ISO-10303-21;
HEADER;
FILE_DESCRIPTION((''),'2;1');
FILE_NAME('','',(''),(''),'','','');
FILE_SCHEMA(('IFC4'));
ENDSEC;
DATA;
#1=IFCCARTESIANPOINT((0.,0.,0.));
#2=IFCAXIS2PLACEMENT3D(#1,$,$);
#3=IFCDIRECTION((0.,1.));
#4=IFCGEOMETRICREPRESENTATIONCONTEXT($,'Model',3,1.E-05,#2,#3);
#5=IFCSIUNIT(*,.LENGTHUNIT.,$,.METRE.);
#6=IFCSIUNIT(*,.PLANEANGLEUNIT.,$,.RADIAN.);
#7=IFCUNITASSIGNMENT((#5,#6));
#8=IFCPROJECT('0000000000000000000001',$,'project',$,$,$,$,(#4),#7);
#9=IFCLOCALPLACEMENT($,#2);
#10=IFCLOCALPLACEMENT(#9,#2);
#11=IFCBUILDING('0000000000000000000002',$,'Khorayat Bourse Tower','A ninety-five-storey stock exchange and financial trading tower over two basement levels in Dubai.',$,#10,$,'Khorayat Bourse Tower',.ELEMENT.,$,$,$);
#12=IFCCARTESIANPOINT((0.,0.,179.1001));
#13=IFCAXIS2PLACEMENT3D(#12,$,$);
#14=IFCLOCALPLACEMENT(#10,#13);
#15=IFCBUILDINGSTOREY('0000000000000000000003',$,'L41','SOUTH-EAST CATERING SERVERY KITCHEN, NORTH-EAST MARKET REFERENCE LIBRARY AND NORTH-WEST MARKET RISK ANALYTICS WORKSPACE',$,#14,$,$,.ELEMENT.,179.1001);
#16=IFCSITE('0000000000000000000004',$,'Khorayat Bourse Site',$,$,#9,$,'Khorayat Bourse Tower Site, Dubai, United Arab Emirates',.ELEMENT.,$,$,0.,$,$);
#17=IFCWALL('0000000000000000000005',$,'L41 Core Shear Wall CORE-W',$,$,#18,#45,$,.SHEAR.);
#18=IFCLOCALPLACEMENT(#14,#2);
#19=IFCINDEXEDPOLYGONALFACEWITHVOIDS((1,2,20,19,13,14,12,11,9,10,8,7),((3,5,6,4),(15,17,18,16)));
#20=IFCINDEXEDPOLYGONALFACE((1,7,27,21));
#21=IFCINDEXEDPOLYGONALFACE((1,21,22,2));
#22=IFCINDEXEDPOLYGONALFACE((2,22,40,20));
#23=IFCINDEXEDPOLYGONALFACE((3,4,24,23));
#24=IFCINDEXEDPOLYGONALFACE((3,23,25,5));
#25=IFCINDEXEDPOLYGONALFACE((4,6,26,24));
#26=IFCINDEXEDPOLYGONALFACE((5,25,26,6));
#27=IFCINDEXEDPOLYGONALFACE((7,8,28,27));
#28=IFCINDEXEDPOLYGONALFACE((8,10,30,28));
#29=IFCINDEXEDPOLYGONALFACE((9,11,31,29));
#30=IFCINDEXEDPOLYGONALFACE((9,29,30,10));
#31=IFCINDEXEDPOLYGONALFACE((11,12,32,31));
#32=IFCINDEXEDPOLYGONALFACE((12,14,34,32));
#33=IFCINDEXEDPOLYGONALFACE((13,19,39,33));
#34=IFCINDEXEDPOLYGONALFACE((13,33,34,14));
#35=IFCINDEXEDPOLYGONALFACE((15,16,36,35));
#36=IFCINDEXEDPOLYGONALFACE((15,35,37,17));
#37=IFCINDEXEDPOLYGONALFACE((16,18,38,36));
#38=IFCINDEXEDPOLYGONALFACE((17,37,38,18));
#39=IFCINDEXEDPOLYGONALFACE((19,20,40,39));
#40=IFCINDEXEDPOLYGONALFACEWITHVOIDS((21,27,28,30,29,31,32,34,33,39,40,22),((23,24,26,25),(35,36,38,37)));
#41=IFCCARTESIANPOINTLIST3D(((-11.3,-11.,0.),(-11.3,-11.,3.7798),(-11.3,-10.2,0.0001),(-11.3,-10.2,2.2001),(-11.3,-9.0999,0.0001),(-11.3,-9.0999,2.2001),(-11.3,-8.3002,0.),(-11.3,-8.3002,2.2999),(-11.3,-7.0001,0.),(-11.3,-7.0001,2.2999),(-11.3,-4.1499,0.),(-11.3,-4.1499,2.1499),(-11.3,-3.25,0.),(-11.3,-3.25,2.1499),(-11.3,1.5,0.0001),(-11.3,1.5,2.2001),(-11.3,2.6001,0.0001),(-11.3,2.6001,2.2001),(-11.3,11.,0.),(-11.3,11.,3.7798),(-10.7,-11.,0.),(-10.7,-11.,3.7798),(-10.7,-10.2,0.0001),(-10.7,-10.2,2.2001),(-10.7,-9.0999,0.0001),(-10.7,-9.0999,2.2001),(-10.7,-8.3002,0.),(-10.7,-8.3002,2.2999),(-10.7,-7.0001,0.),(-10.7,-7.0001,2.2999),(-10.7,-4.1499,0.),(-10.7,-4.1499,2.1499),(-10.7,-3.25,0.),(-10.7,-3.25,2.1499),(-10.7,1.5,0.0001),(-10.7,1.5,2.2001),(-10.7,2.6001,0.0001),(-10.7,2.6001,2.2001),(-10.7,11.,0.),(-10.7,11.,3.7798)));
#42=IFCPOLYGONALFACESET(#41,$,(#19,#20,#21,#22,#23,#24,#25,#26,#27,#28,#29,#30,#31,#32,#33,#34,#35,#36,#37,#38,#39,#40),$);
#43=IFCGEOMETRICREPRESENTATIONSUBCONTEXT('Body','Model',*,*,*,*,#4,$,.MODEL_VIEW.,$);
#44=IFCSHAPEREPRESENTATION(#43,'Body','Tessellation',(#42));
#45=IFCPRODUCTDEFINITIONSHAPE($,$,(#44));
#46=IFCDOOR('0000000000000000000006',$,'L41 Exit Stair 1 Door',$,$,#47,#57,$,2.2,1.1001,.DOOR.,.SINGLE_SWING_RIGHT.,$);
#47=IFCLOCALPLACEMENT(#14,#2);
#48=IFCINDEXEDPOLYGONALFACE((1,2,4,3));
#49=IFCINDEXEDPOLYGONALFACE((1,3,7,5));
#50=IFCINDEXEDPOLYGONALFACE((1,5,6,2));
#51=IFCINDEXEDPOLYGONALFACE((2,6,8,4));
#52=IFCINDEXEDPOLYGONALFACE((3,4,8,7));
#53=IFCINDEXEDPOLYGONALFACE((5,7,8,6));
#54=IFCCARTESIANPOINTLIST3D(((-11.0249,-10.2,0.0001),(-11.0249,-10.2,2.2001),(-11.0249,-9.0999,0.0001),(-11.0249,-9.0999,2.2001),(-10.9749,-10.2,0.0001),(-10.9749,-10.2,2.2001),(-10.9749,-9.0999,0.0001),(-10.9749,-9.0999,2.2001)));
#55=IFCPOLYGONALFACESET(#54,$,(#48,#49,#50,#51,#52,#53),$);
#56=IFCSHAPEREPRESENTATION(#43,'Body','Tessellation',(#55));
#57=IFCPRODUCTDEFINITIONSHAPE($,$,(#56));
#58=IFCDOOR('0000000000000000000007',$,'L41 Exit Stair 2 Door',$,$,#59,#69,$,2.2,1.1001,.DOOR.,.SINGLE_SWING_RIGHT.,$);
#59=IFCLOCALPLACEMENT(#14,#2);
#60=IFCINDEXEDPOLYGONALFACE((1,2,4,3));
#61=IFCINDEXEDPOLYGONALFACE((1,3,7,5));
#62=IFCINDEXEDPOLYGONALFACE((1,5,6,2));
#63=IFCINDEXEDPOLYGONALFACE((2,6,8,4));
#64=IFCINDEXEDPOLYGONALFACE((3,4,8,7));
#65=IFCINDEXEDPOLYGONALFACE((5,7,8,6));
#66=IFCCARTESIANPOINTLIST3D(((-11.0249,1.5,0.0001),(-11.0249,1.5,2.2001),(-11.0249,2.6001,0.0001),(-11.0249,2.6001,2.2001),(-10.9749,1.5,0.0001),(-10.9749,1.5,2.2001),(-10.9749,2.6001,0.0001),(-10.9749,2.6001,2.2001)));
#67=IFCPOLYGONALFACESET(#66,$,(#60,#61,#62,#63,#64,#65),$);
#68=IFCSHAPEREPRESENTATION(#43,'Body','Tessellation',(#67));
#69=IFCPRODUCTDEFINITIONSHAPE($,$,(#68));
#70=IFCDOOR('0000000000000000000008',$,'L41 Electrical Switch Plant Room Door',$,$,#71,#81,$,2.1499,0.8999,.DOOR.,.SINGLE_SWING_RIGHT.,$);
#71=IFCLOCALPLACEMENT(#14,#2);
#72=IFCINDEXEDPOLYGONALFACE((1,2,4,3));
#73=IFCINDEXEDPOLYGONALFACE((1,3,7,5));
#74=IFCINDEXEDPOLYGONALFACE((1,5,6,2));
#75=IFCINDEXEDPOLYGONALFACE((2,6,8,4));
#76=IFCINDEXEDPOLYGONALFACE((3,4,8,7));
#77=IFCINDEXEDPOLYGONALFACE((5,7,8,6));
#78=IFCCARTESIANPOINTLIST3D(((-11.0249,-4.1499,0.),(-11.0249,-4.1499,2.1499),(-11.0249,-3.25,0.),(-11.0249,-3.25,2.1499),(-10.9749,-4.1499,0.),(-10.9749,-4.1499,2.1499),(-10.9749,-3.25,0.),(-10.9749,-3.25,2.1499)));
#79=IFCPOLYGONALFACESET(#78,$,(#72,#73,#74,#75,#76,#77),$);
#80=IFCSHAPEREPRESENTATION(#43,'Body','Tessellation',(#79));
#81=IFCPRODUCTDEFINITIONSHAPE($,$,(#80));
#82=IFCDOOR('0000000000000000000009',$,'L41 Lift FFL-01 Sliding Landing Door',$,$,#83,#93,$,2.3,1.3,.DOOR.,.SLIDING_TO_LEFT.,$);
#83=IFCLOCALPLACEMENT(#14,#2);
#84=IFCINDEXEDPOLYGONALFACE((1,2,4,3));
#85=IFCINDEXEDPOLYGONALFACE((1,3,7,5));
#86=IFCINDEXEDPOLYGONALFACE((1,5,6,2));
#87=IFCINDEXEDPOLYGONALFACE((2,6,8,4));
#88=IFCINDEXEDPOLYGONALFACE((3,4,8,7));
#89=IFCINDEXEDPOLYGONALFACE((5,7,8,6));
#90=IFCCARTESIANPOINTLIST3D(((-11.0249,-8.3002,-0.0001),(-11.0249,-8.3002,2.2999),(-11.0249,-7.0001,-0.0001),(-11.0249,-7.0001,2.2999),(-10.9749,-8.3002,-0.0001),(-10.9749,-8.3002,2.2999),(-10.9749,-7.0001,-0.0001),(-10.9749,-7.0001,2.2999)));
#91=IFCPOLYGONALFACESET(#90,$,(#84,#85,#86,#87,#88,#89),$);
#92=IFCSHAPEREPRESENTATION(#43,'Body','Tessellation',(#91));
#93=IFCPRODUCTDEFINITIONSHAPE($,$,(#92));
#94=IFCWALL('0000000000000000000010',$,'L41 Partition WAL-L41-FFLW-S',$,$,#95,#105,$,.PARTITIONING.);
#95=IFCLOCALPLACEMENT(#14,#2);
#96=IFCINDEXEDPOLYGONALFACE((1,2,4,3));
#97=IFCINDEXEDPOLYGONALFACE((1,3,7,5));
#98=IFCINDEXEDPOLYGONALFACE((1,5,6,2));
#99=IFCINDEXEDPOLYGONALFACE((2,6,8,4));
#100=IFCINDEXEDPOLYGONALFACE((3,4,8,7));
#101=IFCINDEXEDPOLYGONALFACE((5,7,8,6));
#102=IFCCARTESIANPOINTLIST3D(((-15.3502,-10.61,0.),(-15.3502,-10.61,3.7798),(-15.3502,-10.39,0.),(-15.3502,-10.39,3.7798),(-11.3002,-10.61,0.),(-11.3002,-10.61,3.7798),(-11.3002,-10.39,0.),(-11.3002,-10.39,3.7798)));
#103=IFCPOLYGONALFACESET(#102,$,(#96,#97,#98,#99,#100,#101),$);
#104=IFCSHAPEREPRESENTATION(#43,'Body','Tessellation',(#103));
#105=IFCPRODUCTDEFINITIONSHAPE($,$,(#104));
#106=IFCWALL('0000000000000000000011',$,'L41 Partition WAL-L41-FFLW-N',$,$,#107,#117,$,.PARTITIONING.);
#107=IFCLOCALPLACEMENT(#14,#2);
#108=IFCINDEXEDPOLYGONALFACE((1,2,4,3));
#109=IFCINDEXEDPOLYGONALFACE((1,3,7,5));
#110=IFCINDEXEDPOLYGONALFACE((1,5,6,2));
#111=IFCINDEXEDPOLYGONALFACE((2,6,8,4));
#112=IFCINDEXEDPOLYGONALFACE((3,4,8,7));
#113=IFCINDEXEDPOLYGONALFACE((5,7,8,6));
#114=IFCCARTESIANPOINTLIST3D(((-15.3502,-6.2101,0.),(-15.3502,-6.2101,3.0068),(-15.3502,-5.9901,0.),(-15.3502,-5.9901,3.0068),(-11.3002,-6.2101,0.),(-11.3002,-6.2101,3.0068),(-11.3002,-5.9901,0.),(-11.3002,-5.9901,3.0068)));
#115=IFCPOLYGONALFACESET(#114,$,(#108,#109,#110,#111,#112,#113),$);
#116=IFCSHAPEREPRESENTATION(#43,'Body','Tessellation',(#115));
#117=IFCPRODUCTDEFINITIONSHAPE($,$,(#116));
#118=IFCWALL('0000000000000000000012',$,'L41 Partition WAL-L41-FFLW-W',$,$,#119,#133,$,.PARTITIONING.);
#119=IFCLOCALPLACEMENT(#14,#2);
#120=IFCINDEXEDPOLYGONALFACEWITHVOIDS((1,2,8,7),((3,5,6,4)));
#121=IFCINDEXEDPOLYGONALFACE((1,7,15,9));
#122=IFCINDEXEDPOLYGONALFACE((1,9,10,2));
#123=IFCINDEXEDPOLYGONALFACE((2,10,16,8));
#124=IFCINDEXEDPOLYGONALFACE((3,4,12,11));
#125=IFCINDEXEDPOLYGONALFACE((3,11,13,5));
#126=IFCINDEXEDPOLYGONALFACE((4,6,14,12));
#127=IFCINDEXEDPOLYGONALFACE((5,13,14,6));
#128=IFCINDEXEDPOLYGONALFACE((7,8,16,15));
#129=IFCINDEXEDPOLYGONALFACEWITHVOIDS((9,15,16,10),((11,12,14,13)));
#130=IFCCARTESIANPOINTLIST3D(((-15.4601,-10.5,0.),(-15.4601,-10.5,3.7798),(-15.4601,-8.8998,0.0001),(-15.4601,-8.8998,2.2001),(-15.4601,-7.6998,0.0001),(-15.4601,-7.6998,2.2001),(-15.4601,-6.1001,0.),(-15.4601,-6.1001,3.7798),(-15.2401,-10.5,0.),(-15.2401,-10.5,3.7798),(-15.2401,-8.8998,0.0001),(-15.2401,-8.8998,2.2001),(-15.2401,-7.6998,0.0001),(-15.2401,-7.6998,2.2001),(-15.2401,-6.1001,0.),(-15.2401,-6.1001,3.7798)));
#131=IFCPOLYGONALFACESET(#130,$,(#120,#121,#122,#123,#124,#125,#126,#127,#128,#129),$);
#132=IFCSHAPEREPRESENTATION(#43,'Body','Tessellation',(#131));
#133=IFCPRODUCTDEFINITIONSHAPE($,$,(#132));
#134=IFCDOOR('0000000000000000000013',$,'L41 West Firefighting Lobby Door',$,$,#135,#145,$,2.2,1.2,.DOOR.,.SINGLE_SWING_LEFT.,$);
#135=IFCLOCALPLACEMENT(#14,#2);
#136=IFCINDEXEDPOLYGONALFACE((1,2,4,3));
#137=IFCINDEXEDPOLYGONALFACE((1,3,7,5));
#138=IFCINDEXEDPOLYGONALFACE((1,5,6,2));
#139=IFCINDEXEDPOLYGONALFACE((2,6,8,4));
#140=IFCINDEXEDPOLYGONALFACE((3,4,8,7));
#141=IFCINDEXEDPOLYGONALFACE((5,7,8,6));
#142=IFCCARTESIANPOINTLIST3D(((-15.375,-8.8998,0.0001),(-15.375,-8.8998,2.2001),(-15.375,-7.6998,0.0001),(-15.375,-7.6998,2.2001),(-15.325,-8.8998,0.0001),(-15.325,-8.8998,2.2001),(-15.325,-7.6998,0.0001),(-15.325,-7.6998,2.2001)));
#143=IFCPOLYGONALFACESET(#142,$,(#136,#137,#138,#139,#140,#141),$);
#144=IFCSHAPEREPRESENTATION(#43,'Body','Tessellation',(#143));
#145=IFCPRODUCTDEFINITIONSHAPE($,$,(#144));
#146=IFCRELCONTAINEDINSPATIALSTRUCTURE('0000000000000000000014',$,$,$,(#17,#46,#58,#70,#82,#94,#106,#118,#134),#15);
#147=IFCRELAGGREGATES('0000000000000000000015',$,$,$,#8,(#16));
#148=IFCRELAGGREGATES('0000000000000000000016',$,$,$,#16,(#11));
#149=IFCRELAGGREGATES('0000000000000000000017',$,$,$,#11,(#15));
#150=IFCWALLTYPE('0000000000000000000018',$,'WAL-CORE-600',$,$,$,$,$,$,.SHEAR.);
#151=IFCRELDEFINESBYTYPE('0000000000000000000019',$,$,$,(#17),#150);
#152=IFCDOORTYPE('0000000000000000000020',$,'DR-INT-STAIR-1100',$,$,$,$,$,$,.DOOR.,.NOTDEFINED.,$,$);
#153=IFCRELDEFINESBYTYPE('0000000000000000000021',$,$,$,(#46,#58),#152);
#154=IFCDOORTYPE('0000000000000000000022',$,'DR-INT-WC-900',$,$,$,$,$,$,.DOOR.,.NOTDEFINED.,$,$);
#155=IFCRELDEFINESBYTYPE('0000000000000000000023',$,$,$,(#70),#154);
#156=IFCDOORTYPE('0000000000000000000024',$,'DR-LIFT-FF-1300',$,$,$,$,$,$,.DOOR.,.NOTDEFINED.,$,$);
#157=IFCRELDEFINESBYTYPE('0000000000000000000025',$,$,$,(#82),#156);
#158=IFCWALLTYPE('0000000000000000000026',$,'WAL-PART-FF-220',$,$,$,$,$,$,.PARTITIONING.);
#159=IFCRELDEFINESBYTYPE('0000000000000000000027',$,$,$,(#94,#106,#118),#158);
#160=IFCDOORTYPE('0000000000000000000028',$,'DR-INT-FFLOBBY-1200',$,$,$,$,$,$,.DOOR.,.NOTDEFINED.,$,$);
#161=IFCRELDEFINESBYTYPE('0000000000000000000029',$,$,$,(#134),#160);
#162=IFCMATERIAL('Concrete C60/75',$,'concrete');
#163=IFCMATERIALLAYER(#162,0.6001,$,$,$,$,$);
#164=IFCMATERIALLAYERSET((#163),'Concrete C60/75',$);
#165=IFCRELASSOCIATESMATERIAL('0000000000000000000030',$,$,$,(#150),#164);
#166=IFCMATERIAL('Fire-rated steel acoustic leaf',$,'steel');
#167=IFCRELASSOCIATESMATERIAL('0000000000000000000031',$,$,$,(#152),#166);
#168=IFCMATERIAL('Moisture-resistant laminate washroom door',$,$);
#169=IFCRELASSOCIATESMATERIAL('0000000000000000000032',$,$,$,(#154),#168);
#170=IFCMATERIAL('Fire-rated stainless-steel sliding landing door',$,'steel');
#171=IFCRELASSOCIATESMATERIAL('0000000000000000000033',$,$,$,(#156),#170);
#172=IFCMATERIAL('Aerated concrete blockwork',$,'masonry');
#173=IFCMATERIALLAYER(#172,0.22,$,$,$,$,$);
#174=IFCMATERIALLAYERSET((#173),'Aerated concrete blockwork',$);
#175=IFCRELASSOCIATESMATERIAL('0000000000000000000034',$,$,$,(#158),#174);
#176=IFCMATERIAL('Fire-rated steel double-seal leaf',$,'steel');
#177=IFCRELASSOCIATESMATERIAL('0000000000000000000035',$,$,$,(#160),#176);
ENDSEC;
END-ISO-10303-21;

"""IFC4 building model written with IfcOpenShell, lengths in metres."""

from ifc_helpers import new_model, si_unit, direction, frame, frame_2d, origin, place, context, subcontext, project, spatial, rectangle, extrude, source, transform, mapped, material, layer, layer_set, type_object, element, fill, save


model = new_model("IFC4")

# Units and contexts
model_context = context("Model", 3, precision=1e-05, world=origin(), true_north=direction((0.0, 1.0)))
body_context = subcontext(model_context, "Body", "Model", "MODEL_VIEW")
ifc_project = project(units=[si_unit("LENGTHUNIT", "METRE"), si_unit("PLANEANGLEUNIT", "RADIAN")], contexts=[model_context])

# Site, building, storey
site_placement = place(None, origin())
site = spatial("IfcSite", under=ifc_project, at=site_placement, Name="Khorayat Bourse Site", LongName="Khorayat Bourse Tower Site, Dubai, United Arab Emirates", CompositionType="ELEMENT", RefElevation=0.0)
building_placement = place(site_placement, origin())
building = spatial("IfcBuilding", under=site, at=building_placement, Name="Khorayat Bourse Tower", Description="A ninety-five-storey stock exchange and financial trading tower over two basement levels in Dubai.", LongName="Khorayat Bourse Tower", CompositionType="ELEMENT")
storey_placement = place(building_placement, frame((0.0, 0.0, 179.1001)))
storey = spatial("IfcBuildingStorey", under=building, at=storey_placement, Name="L41", Description="SOUTH-EAST CATERING SERVERY KITCHEN, NORTH-EAST MARKET REFERENCE LIBRARY AND NORTH-WEST MARKET RISK ANALYTICS WORKSPACE", CompositionType="ELEMENT", Elevation=179.1001)

# Shared definitions
ifc_material_1 = material(Name="Concrete C60/75", Category="concrete")

# Wall, openings, doors
ifc_layer_1 = layer(ifc_material_1, 0.6001)
ifc_layer_set_1 = layer_set([ifc_layer_1], Name="Concrete C60/75")
wall_type_1 = type_object("IfcWallType", Name="WAL-CORE-600", PredefinedType="SHEAR", material=ifc_layer_set_1)
shared_shape_1 = source(origin(), body_context, "Body", "SweptSolid", [
    extrude(rectangle(XDim=22.0, YDim=0.6001, at=frame_2d((11.0, 0.0))), origin(), (0.0, 0.0, 1.0), 3.7798),
])
wall_1_placement = place(storey_placement, frame((-11.0, -11.0, 0.0), z_axis=(0.0, 0.0, 1.0), x_axis=(0.0, 1.0, 0.0)))
wall_1 = element("IfcWall", 1, at=wall_1_placement, inside=storey, type_object=wall_type_1, Name="L41 Core Shear Wall CORE-W", PredefinedType="SHEAR", context=body_context, shape_type="MappedRepresentation", body=[
    mapped(shared_shape_1, transform((0.0, 0.0, 0.0), scale=1.0)),
])
shared_shape_2 = source(origin(), body_context, "Body", "SweptSolid", [
    extrude(rectangle(XDim=1.1001, YDim=2.2, at=frame_2d((0.55, 1.1001))), frame((0.0, 0.3101, 0.0), z_axis=(0.0, -1.0, 0.0), x_axis=(1.0, 0.0, 0.0)), (0.0, 0.0, 1.0), 0.6201),
])
opening_1_placement = place(wall_1_placement, frame((0.8, 0.0, 0.0)))
opening_1 = element("IfcOpeningElement", 2, at=opening_1_placement, cuts=wall_1, PredefinedType="OPENING", context=body_context, shape_type="MappedRepresentation", body=[
    mapped(shared_shape_2, transform((0.0, 0.0, 0.0), scale=1.0)),
])
opening_2_placement = place(wall_1_placement, frame((12.5, 0.0, 0.0)))
opening_2 = element("IfcOpeningElement", 3, at=opening_2_placement, cuts=wall_1, PredefinedType="OPENING", context=body_context, shape_type="MappedRepresentation", body=[
    mapped(shared_shape_2, transform((0.0, 0.0, 0.0), scale=1.0)),
])
shared_shape_3 = source(origin(), body_context, "Body", "SweptSolid", [
    extrude(rectangle(XDim=0.8999, YDim=2.1499, at=frame_2d((0.45, 1.075))), frame((0.0, 0.3101, 0.0), z_axis=(0.0, -1.0, 0.0), x_axis=(1.0, 0.0, 0.0)), (0.0, 0.0, 1.0), 0.6201),
])
opening_3_placement = place(wall_1_placement, frame((6.8501, 0.0, 0.0)))
opening_3 = element("IfcOpeningElement", 4, at=opening_3_placement, cuts=wall_1, PredefinedType="OPENING", context=body_context, shape_type="MappedRepresentation", body=[
    mapped(shared_shape_3, transform((0.0, 0.0, 0.0), scale=1.0)),
])
shared_shape_4 = source(origin(), body_context, "Body", "SweptSolid", [
    extrude(rectangle(XDim=1.3, YDim=2.3, at=frame_2d((0.6499, 1.1499))), frame((0.0, 0.3101, 0.0), z_axis=(0.0, -1.0, 0.0), x_axis=(1.0, 0.0, 0.0)), (0.0, 0.0, 1.0), 0.6201),
])
opening_4_placement = place(wall_1_placement, frame((2.7, 0.0, 0.0)))
opening_4 = element("IfcOpeningElement", 5, at=opening_4_placement, cuts=wall_1, PredefinedType="OPENING", context=body_context, shape_type="MappedRepresentation", body=[
    mapped(shared_shape_4, transform((0.0, 0.0, 0.0), scale=1.0)),
])
ifc_material_2 = material(Name="Fire-rated steel acoustic leaf", Category="steel")
door_type_1 = type_object("IfcDoorType", Name="DR-INT-STAIR-1100", OperationType="NOTDEFINED", PredefinedType="DOOR", material=ifc_material_2)
shared_shape_5 = source(origin(), body_context, "Body", "SweptSolid", [
    extrude(rectangle(XDim=1.1001, YDim=2.2, at=frame_2d((0.55, 1.1001))), frame((0.0, 0.0249, 0.0), z_axis=(0.0, -1.0, 0.0), x_axis=(1.0, 0.0, 0.0)), (0.0, 0.0, 1.0), 0.05),
])
door_1_placement = place(opening_1_placement, origin())
door_1 = element("IfcDoor", 6, at=door_1_placement, inside=storey, type_object=door_type_1, Name="L41 Exit Stair 1 Door", OperationType="SINGLE_SWING_RIGHT", OverallHeight=2.2, OverallWidth=1.1001, PredefinedType="DOOR", context=body_context, shape_type="MappedRepresentation", body=[
    mapped(shared_shape_5, transform((0.0, 0.0, 0.0), scale=1.0)),
])
fill(opening_1, door_1)
door_2_placement = place(opening_2_placement, origin())
door_2 = element("IfcDoor", 7, at=door_2_placement, inside=storey, type_object=door_type_1, Name="L41 Exit Stair 2 Door", OperationType="SINGLE_SWING_RIGHT", OverallHeight=2.2, OverallWidth=1.1001, PredefinedType="DOOR", context=body_context, shape_type="MappedRepresentation", body=[
    mapped(shared_shape_5, transform((0.0, 0.0, 0.0), scale=1.0)),
])
fill(opening_2, door_2)
ifc_material_3 = material(Name="Moisture-resistant laminate washroom door")
door_type_2 = type_object("IfcDoorType", Name="DR-INT-WC-900", OperationType="NOTDEFINED", PredefinedType="DOOR", material=ifc_material_3)
shared_shape_6 = source(origin(), body_context, "Body", "SweptSolid", [
    extrude(rectangle(XDim=0.8999, YDim=2.1499, at=frame_2d((0.45, 1.075))), frame((0.0, 0.0249, 0.0), z_axis=(0.0, -1.0, 0.0), x_axis=(1.0, 0.0, 0.0)), (0.0, 0.0, 1.0), 0.05),
])
door_3_placement = place(opening_3_placement, origin())
door_3 = element("IfcDoor", 8, at=door_3_placement, inside=storey, type_object=door_type_2, Name="L41 Electrical Switch Plant Room Door", OperationType="SINGLE_SWING_RIGHT", OverallHeight=2.1499, OverallWidth=0.8999, PredefinedType="DOOR", context=body_context, shape_type="MappedRepresentation", body=[
    mapped(shared_shape_6, transform((0.0, 0.0, 0.0), scale=1.0)),
])
fill(opening_3, door_3)
ifc_material_4 = material(Name="Fire-rated stainless-steel sliding landing door", Category="steel")
door_type_3 = type_object("IfcDoorType", Name="DR-LIFT-FF-1300", OperationType="NOTDEFINED", PredefinedType="DOOR", material=ifc_material_4)
shared_shape_7 = source(origin(), body_context, "Body", "SweptSolid", [
    extrude(rectangle(XDim=1.3, YDim=2.3, at=frame_2d((0.6499, 1.1499))), frame((0.0, 0.0249, 0.0), z_axis=(0.0, -1.0, 0.0), x_axis=(1.0, 0.0, 0.0)), (0.0, 0.0, 1.0), 0.05),
])
door_4_placement = place(opening_4_placement, origin())
door_4 = element("IfcDoor", 9, at=door_4_placement, inside=storey, type_object=door_type_3, Name="L41 Lift FFL-01 Sliding Landing Door", OperationType="SLIDING_TO_LEFT", OverallHeight=2.3, OverallWidth=1.3, PredefinedType="DOOR", context=body_context, shape_type="MappedRepresentation", body=[
    mapped(shared_shape_7, transform((0.0, 0.0, 0.0), scale=1.0)),
])
fill(opening_4, door_4)

# Walls
ifc_material_5 = material(Name="Aerated concrete blockwork", Category="masonry")
ifc_layer_2 = layer(ifc_material_5, 0.22)
ifc_layer_set_2 = layer_set([ifc_layer_2], Name="Aerated concrete blockwork")
wall_type_2 = type_object("IfcWallType", Name="WAL-PART-FF-220", PredefinedType="PARTITIONING", material=ifc_layer_set_2)
shared_shape_8 = source(origin(), body_context, "Body", "SweptSolid", [
    extrude(rectangle(XDim=4.05, YDim=0.22, at=frame_2d((2.0249, 0.0))), origin(), (0.0, 0.0, 1.0), 3.7798),
])
wall_2_placement = place(storey_placement, frame((-15.3501, -10.5, 0.0), z_axis=(0.0, 0.0, 1.0), x_axis=(1.0, 0.0, 0.0)))
element("IfcWall", 10, at=wall_2_placement, inside=storey, type_object=wall_type_2, Name="L41 Partition WAL-L41-FFLW-S", PredefinedType="PARTITIONING", context=body_context, shape_type="MappedRepresentation", body=[
    mapped(shared_shape_8, transform((0.0, 0.0, 0.0), scale=1.0)),
])
shared_shape_9 = source(origin(), body_context, "Body", "SweptSolid", [
    extrude(rectangle(XDim=4.05, YDim=0.22, at=frame_2d((2.0249, 0.0))), origin(), (0.0, 0.0, 1.0), 3.0068),
])
wall_3_placement = place(storey_placement, frame((-15.3501, -6.1001, 0.0), z_axis=(0.0, 0.0, 1.0), x_axis=(1.0, 0.0, 0.0)))
element("IfcWall", 11, at=wall_3_placement, inside=storey, type_object=wall_type_2, Name="L41 Partition WAL-L41-FFLW-N", PredefinedType="PARTITIONING", context=body_context, shape_type="MappedRepresentation", body=[
    mapped(shared_shape_9, transform((0.0, 0.0, 0.0), scale=1.0)),
])

# Wall, opening, door
shared_shape_10 = source(origin(), body_context, "Body", "SweptSolid", [
    extrude(rectangle(XDim=4.3999, YDim=0.22, at=frame_2d((2.2, 0.0))), origin(), (0.0, 0.0, 1.0), 3.7798),
])
wall_4_placement = place(storey_placement, frame((-15.3501, -10.5, 0.0), z_axis=(0.0, 0.0, 1.0), x_axis=(0.0, 1.0, 0.0)))
wall_4 = element("IfcWall", 12, at=wall_4_placement, inside=storey, type_object=wall_type_2, Name="L41 Partition WAL-L41-FFLW-W", PredefinedType="PARTITIONING", context=body_context, shape_type="MappedRepresentation", body=[
    mapped(shared_shape_10, transform((0.0, 0.0, 0.0), scale=1.0)),
])
shared_shape_11 = source(origin(), body_context, "Body", "SweptSolid", [
    extrude(rectangle(XDim=1.2, YDim=2.2, at=frame_2d((0.6001, 1.1001))), frame((0.0, 0.1199, 0.0), z_axis=(0.0, -1.0, 0.0), x_axis=(1.0, 0.0, 0.0)), (0.0, 0.0, 1.0), 0.24),
])
opening_5_placement = place(wall_4_placement, frame((1.6001, 0.0, 0.0)))
opening_5 = element("IfcOpeningElement", 13, at=opening_5_placement, cuts=wall_4, PredefinedType="OPENING", context=body_context, shape_type="MappedRepresentation", body=[
    mapped(shared_shape_11, transform((0.0, 0.0, 0.0), scale=1.0)),
])
ifc_material_6 = material(Name="Fire-rated steel double-seal leaf", Category="steel")
door_type_4 = type_object("IfcDoorType", Name="DR-INT-FFLOBBY-1200", OperationType="NOTDEFINED", PredefinedType="DOOR", material=ifc_material_6)
shared_shape_12 = source(origin(), body_context, "Body", "SweptSolid", [
    extrude(rectangle(XDim=1.2, YDim=2.2, at=frame_2d((0.6001, 1.1001))), frame((0.0, 0.0249, 0.0), z_axis=(0.0, -1.0, 0.0), x_axis=(1.0, 0.0, 0.0)), (0.0, 0.0, 1.0), 0.05),
])
door_5_placement = place(opening_5_placement, origin())
door_5 = element("IfcDoor", 14, at=door_5_placement, inside=storey, type_object=door_type_4, Name="L41 West Firefighting Lobby Door", OperationType="SINGLE_SWING_LEFT", OverallHeight=2.2, OverallWidth=1.2, PredefinedType="DOOR", context=body_context, shape_type="MappedRepresentation", body=[
    mapped(shared_shape_12, transform((0.0, 0.0, 0.0), scale=1.0)),
])
fill(opening_5, door_5)

save(model, "model.ifc")
